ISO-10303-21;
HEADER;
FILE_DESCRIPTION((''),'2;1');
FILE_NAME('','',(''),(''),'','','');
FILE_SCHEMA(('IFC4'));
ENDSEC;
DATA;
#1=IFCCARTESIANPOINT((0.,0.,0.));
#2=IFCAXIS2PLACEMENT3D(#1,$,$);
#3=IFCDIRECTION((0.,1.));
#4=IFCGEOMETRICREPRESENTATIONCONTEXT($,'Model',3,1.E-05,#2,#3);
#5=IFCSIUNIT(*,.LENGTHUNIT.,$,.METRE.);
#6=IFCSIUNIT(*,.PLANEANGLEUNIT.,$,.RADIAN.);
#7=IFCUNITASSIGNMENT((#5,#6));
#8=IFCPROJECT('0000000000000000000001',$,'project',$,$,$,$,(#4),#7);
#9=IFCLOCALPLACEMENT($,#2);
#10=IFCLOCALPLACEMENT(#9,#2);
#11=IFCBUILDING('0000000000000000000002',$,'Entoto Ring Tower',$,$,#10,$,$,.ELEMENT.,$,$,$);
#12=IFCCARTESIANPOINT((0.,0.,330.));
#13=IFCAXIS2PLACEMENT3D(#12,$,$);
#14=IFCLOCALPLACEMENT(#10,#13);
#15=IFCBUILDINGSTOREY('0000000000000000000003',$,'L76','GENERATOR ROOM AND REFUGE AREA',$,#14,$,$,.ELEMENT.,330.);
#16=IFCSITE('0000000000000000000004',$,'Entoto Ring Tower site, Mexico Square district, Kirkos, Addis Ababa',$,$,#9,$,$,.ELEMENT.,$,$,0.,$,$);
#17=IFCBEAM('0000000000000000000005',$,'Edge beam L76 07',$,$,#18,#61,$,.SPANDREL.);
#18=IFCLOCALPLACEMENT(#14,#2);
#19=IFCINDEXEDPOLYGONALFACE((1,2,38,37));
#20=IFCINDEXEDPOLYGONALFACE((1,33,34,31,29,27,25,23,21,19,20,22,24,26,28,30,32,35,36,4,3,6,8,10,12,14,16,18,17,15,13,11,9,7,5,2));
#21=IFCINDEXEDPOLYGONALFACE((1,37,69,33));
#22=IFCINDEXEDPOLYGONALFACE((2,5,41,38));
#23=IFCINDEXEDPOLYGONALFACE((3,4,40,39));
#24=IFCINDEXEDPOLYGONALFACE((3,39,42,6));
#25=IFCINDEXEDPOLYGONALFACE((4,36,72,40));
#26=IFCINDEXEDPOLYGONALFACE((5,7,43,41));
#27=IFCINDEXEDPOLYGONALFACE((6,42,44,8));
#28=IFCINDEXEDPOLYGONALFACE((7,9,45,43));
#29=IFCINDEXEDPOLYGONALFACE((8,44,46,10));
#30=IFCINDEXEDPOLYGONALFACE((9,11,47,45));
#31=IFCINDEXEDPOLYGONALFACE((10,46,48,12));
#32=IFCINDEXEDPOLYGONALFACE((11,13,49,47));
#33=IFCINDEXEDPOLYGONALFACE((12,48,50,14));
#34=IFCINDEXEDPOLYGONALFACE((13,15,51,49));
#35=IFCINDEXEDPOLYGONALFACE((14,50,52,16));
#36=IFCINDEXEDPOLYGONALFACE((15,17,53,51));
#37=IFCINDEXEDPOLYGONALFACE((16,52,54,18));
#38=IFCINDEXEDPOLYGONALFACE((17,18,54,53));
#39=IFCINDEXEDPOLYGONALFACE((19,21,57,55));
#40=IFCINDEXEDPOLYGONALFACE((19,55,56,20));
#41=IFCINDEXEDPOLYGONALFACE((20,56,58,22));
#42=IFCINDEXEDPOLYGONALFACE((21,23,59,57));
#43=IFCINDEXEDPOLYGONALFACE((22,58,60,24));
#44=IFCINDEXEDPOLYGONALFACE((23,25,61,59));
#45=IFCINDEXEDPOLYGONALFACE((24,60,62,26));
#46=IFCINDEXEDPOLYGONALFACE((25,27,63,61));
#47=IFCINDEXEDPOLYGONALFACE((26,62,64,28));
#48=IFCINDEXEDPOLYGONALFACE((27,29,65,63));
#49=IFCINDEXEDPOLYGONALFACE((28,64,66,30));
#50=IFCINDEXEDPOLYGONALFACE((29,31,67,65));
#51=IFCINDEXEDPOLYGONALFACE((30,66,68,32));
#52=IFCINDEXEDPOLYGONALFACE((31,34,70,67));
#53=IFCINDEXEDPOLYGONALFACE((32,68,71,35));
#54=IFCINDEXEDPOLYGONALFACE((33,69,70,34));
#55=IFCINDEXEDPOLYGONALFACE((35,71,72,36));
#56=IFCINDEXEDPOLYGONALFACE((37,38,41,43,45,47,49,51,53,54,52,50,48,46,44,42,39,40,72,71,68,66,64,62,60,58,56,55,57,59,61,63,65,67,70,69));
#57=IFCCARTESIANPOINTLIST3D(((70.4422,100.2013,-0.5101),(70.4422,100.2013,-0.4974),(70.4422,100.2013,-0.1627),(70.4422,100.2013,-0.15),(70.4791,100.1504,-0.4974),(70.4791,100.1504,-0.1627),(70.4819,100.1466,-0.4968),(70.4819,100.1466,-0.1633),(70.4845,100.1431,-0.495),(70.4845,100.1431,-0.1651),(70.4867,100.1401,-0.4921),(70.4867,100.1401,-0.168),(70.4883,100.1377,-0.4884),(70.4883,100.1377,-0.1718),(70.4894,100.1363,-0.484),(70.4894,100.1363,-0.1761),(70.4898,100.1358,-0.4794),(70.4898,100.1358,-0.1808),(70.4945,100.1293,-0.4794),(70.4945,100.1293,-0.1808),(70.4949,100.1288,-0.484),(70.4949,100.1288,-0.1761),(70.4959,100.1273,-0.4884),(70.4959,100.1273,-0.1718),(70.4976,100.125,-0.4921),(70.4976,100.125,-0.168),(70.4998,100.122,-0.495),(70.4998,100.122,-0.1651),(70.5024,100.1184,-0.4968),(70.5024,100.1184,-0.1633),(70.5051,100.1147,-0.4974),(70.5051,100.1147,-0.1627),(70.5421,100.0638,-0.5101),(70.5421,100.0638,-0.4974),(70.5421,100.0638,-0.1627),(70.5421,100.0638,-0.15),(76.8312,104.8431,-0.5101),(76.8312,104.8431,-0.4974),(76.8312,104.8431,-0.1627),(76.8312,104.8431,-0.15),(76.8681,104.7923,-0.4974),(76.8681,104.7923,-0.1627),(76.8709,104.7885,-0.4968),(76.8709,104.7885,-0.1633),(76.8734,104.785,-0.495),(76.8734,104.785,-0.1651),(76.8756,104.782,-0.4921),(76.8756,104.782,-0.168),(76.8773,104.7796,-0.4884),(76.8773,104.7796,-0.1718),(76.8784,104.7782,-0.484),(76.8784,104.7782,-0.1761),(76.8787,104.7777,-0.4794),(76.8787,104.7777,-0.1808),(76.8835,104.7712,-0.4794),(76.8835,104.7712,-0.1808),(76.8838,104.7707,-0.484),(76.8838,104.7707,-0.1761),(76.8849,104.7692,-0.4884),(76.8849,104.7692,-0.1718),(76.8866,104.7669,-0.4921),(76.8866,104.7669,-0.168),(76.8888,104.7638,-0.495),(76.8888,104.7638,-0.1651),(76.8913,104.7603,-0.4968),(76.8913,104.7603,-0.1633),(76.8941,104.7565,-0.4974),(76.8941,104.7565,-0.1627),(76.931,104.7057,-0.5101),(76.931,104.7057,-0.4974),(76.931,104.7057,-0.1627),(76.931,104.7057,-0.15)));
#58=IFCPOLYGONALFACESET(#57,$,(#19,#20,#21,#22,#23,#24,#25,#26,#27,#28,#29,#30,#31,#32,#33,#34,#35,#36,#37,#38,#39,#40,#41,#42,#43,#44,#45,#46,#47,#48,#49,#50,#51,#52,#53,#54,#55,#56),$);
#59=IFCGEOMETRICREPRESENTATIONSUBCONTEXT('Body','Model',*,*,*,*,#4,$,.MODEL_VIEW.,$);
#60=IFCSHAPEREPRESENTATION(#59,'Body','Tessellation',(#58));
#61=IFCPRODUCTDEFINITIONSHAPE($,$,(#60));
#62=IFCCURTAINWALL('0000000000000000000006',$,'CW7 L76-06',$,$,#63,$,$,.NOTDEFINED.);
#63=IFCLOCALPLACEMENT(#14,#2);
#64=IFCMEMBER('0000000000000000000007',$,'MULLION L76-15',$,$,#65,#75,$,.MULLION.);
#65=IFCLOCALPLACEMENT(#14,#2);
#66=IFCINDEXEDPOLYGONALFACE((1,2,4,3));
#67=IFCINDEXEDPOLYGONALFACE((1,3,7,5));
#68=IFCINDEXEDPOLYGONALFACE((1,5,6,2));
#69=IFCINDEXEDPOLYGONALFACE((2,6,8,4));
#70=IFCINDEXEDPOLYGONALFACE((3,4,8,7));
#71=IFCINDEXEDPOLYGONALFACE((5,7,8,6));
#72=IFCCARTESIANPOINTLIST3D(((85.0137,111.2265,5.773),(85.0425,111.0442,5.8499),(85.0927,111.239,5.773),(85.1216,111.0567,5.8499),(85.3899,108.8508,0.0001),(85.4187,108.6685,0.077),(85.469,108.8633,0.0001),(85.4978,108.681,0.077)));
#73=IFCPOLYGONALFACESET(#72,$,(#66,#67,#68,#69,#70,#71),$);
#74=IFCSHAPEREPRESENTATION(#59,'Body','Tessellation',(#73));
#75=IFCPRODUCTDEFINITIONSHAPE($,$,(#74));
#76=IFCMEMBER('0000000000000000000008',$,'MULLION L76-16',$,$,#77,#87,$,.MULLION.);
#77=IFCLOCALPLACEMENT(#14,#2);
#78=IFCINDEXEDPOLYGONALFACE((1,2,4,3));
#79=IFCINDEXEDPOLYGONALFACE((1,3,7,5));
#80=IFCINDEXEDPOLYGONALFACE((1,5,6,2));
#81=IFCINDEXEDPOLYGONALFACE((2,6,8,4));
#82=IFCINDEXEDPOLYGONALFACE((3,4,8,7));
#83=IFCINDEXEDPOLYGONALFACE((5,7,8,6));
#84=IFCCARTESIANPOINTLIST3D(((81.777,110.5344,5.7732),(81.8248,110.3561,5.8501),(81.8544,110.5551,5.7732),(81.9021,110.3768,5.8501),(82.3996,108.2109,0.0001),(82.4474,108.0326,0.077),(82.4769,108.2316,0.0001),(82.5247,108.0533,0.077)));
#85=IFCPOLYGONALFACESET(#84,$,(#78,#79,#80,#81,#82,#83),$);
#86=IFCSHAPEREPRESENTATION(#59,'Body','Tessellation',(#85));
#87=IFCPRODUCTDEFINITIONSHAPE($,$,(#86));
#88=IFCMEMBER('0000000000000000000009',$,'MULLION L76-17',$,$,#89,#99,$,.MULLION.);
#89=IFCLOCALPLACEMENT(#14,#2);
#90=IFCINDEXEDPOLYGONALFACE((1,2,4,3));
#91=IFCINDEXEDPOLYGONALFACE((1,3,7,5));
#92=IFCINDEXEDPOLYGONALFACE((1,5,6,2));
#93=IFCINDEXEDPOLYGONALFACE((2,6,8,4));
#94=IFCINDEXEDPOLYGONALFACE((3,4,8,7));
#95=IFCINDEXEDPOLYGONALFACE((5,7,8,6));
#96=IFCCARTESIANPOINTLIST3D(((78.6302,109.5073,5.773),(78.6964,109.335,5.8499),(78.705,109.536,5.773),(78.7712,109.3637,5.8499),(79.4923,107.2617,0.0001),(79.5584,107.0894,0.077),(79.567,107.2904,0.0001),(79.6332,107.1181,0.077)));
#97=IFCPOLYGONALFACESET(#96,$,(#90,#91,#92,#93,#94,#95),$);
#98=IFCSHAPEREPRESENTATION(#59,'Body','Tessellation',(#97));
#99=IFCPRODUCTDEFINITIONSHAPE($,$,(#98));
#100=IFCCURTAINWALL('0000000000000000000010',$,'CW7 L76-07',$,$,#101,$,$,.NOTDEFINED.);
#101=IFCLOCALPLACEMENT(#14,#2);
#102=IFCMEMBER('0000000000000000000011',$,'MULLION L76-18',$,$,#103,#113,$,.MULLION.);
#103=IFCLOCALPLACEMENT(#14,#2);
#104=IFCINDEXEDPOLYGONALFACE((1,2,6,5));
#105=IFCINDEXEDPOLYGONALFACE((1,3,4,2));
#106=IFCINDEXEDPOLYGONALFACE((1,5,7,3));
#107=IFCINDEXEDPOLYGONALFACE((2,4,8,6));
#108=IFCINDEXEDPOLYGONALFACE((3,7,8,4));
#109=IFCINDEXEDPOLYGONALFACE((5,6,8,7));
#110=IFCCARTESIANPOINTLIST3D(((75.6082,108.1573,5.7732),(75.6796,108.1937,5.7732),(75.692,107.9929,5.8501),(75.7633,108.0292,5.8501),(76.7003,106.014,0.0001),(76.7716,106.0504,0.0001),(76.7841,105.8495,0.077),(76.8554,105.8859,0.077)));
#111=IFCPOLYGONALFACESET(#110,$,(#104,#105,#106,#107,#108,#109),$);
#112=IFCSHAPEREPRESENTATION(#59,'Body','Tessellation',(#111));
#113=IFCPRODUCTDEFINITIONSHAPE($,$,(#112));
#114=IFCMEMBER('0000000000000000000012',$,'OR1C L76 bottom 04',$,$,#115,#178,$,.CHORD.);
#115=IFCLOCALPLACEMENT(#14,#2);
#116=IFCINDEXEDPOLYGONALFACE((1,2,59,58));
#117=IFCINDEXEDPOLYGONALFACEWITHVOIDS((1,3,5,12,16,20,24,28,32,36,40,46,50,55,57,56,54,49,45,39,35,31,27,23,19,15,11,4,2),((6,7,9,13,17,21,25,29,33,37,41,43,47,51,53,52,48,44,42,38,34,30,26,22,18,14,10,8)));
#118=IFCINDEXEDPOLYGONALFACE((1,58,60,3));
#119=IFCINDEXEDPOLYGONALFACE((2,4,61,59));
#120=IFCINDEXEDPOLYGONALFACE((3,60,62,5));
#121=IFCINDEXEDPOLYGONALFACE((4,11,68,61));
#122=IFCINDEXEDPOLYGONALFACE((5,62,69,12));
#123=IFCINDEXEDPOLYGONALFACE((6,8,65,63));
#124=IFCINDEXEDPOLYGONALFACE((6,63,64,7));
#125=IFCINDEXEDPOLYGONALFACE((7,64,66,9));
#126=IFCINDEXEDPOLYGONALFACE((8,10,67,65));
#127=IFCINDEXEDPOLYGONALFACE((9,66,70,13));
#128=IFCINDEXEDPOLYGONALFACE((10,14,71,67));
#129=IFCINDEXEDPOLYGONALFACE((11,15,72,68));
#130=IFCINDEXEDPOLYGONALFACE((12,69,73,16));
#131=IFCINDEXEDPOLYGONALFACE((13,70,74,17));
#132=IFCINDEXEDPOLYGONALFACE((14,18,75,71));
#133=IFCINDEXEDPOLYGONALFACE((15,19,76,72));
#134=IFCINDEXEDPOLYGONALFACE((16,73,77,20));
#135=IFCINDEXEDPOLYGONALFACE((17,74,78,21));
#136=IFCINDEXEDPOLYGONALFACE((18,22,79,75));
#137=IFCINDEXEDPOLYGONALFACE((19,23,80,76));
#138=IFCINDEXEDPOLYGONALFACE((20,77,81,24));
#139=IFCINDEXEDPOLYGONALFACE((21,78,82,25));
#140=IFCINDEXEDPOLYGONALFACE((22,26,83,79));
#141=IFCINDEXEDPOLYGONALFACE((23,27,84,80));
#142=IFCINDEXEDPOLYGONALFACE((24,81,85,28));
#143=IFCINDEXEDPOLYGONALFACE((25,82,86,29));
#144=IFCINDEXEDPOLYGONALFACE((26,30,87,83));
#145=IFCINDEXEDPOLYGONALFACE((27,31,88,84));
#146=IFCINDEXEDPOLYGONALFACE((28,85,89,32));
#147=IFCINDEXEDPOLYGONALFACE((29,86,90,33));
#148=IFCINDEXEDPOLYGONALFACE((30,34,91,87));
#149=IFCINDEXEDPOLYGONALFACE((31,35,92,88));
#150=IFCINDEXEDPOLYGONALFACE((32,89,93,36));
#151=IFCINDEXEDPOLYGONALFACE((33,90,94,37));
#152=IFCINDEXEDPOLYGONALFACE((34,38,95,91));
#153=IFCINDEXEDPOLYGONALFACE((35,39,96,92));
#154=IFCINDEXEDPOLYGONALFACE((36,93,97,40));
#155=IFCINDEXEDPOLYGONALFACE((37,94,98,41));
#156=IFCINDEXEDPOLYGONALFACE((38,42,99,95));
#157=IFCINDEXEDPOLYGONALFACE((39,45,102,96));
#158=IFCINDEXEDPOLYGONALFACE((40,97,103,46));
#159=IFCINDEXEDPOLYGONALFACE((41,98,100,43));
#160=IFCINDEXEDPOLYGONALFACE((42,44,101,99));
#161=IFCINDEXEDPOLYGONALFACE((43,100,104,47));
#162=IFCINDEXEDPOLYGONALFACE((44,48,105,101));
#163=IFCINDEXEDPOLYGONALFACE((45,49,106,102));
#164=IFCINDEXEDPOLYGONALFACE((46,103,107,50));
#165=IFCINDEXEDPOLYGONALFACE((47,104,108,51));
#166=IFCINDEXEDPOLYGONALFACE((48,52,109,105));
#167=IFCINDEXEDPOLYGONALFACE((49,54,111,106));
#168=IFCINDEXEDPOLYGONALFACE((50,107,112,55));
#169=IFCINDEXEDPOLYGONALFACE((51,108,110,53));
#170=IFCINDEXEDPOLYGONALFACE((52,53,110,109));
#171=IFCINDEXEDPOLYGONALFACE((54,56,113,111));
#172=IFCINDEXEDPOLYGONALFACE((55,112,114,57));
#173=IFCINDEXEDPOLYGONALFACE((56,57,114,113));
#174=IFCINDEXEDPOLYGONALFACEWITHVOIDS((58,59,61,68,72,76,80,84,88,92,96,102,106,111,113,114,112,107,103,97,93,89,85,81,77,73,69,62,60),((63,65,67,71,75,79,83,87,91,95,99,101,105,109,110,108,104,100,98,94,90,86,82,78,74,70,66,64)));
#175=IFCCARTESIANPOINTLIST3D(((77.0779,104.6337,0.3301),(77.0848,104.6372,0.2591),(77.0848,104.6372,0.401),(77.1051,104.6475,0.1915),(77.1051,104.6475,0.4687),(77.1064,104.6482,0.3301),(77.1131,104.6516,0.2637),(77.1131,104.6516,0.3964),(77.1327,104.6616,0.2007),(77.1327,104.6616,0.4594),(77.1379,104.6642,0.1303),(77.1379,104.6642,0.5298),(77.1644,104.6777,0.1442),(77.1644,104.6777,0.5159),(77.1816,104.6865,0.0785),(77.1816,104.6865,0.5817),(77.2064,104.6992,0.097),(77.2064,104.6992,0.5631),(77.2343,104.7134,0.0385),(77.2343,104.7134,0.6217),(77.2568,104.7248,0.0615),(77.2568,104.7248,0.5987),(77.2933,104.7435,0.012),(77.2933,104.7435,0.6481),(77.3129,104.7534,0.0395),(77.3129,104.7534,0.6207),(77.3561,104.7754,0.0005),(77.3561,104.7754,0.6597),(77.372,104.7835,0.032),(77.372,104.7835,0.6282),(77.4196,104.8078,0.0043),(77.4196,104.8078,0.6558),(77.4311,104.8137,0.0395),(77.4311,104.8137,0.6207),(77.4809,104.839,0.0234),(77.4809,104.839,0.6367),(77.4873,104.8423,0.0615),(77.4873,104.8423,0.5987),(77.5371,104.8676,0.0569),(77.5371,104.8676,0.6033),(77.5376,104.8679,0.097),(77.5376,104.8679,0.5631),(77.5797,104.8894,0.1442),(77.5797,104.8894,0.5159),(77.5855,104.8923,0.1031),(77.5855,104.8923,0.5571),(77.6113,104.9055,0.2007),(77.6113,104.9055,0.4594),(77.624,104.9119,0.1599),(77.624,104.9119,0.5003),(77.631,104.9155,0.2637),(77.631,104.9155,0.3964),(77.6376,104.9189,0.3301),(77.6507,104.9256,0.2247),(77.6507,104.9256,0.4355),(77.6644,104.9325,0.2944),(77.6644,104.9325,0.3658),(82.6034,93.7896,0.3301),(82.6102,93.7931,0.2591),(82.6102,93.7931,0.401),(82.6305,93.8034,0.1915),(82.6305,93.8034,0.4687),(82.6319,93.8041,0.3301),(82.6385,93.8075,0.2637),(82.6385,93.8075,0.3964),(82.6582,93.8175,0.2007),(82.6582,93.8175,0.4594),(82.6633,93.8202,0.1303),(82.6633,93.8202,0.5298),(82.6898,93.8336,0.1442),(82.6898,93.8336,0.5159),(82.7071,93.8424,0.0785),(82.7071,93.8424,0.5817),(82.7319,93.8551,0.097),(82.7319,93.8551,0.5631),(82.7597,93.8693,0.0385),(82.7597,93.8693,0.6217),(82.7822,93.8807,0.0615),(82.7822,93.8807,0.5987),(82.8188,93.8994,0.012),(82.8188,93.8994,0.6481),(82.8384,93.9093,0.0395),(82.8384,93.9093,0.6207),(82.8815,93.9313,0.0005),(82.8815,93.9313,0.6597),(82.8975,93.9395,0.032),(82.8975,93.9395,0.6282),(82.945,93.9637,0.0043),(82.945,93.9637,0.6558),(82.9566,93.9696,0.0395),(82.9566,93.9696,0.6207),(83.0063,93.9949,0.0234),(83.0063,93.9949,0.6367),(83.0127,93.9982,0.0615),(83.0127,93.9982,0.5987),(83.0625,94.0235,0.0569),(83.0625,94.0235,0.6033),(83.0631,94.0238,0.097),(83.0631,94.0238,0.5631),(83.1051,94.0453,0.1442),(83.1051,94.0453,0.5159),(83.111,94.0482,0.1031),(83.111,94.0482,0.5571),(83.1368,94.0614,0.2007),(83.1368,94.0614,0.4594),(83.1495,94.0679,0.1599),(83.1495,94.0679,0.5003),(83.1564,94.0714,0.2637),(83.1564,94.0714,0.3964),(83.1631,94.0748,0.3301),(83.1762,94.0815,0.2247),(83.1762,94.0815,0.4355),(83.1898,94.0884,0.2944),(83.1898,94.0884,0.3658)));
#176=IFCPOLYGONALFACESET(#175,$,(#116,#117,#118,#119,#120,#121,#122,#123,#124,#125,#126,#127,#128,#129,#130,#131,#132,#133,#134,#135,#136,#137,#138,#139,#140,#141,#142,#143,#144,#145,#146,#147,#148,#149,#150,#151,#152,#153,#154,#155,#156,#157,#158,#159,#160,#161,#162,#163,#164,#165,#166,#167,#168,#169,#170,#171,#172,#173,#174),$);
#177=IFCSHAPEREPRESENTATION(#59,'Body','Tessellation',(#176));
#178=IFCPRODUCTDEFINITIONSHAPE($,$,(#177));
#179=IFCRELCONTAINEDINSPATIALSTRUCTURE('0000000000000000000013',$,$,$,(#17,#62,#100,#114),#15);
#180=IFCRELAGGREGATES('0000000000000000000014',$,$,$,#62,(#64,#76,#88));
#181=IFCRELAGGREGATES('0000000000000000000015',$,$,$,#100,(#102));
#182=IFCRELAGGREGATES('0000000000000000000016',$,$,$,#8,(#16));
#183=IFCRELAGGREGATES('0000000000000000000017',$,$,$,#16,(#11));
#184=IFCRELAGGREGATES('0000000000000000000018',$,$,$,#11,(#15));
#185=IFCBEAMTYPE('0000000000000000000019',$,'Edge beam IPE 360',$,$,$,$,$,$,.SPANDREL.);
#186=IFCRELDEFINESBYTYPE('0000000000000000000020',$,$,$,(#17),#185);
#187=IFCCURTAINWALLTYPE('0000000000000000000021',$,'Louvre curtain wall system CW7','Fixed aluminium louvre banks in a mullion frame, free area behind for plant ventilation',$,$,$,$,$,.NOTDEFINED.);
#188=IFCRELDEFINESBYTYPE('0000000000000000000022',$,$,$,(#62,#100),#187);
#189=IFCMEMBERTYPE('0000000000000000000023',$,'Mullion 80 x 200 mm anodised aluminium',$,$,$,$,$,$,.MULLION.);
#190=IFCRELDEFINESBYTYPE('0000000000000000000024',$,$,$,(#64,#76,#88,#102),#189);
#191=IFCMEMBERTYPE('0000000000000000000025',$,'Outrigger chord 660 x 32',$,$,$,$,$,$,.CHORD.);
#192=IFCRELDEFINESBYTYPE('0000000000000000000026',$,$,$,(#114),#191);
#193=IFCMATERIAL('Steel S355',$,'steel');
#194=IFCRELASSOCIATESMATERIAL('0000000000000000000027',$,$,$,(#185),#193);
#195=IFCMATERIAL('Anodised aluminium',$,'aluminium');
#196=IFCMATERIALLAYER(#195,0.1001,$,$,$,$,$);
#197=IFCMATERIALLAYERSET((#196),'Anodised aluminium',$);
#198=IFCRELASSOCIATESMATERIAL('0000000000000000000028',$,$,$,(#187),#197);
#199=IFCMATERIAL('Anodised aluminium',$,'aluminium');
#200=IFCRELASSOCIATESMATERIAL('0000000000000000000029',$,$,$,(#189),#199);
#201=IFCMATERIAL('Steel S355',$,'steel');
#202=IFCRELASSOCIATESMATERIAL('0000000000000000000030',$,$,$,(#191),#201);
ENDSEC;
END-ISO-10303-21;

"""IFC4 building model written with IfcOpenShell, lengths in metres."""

from ifc_helpers import new_model, si_unit, direction, frame, origin, origin_2d, place, context, subcontext, project, spatial, rectangle, circle, hollow_circle, i_section, extrude, material, layer, layer_set, material_profile, profile_set, type_object, element, aggregate, save


model = new_model("IFC4")

# Units and contexts
model_context = context("Model", 3, precision=1e-05, world=origin(), true_north=direction((0.0, 1.0)))
body_context = subcontext(model_context, "Body", "Model", "MODEL_VIEW")
ifc_project = project(units=[si_unit("LENGTHUNIT", "METRE"), si_unit("PLANEANGLEUNIT", "RADIAN")], contexts=[model_context])

# Site, building, storey
site_placement = place(None, origin())
site = spatial("IfcSite", under=ifc_project, at=site_placement, Name="Entoto Ring Tower site, Mexico Square district, Kirkos, Addis Ababa", CompositionType="ELEMENT", RefElevation=0.0)
building_placement = place(site_placement, origin())
building = spatial("IfcBuilding", under=site, at=building_placement, Name="Entoto Ring Tower", CompositionType="ELEMENT")
storey_placement = place(building_placement, frame((0.0, 0.0, 330.0)))
storey = spatial("IfcBuildingStorey", under=building, at=storey_placement, Name="L76", Description="GENERATOR ROOM AND REFUGE AREA", CompositionType="ELEMENT", Elevation=330.0)

# Beam
ifc_material_1 = material(Name="Steel S355", Category="steel")
ifc_material_profile_1 = material_profile(ifc_material_1, i_section(OverallWidth=0.1699, OverallDepth=0.3601, WebThickness=0.0081, FlangeThickness=0.0127, FilletRadius=0.0181, at=origin_2d()), Name="IPE 360")
ifc_profile_set_1 = profile_set([ifc_material_profile_1], Name="Steel S355")
beam_type_1 = type_object("IfcBeamType", Name="Edge beam IPE 360", PredefinedType="SPANDREL", material=ifc_profile_set_1)
beam_1_placement = place(storey_placement, frame((76.8811, 104.7744, -0.3301), z_axis=(-0.809015, -0.587787, 0.0), x_axis=(0.587787, -0.809015, 0.0)))
element("IfcBeam", 1, at=beam_1_placement, inside=storey, type_object=beam_type_1, Name="Edge beam L76 07", PredefinedType="SPANDREL", context=body_context, shape_type="SweptSolid", body=[
    extrude(i_section(OverallWidth=0.1699, OverallDepth=0.3601, WebThickness=0.0081, FlangeThickness=0.0127, FilletRadius=0.0181, at=origin_2d()), origin(), (0.0, 0.0, 1.0), 7.8972),
])

# Curtain wall, members
ifc_material_2 = material(Name="Anodised aluminium", Category="aluminium")
ifc_layer_1 = layer(ifc_material_2, 0.1001)
ifc_layer_set_1 = layer_set([ifc_layer_1], Name="Anodised aluminium")
curtain_wall_type = type_object("IfcCurtainWallType", Name="Louvre curtain wall system CW7", Description="Fixed aluminium louvre banks in a mullion frame, free area behind for plant ventilation", PredefinedType="NOTDEFINED", material=ifc_layer_set_1)
curtain_wall_1_placement = place(storey_placement, origin())
curtain_wall_1 = element("IfcCurtainWall", 2, at=curtain_wall_1_placement, inside=storey, type_object=curtain_wall_type, Name="CW7 L76-06", PredefinedType="NOTDEFINED")
ifc_material_3 = material(Name="Anodised aluminium", Category="aluminium")
ifc_material_profile_2 = material_profile(ifc_material_3, rectangle(XDim=0.0801, YDim=0.2, at=origin_2d()), Name="Mullion 80 x 200 mm anodised aluminium")
ifc_profile_set_2 = profile_set([ifc_material_profile_2], Name="Anodised aluminium")
member_type_1 = type_object("IfcMemberType", Name="Mullion 80 x 200 mm anodised aluminium", PredefinedType="MULLION", material=ifc_profile_set_2)
member_1_placement = place(storey_placement, frame((85.4438, 108.7659, 0.0386), z_axis=(-0.060157, 0.379874, 0.92308), x_axis=(-0.987692, -0.156411, 0.0)))
member_1 = element("IfcMember", 3, at=member_1_placement, type_object=member_type_1, Name="MULLION L76-15", PredefinedType="MULLION", context=body_context, shape_type="SweptSolid", body=[
    extrude(rectangle(XDim=0.0801, YDim=0.2, at=origin_2d()), origin(), (0.0, 0.0, 1.0), 6.2539),
])
member_2_placement = place(storey_placement, frame((82.4622, 108.1321, 0.0386), z_axis=(-0.099545, 0.371517, 0.923074), x_axis=(-0.965928, -0.258812, 0.0)))
member_2 = element("IfcMember", 4, at=member_2_placement, type_object=member_type_1, Name="MULLION L76-16", PredefinedType="MULLION", context=body_context, shape_type="SweptSolid", body=[
    extrude(rectangle(XDim=0.0801, YDim=0.2, at=origin_2d()), origin(), (0.0, 0.0, 1.0), 6.2542),
])
member_3_placement = place(storey_placement, frame((79.5627, 107.1899, 0.0386), z_axis=(-0.137841, 0.359066, 0.923077), x_axis=(-0.933573, -0.358387, 0.0)))
member_3 = element("IfcMember", 5, at=member_3_placement, type_object=member_type_1, Name="MULLION L76-17", PredefinedType="MULLION", context=body_context, shape_type="SweptSolid", body=[
    extrude(rectangle(XDim=0.0801, YDim=0.2, at=origin_2d()), origin(), (0.0, 0.0, 1.0), 6.2539),
])
aggregate(curtain_wall_1, [member_1, member_2, member_3])

# Curtain wall, member
curtain_wall_2_placement = place(storey_placement, origin())
curtain_wall_2 = element("IfcCurtainWall", 6, at=curtain_wall_2_placement, inside=storey, type_object=curtain_wall_type, Name="CW7 L76-07", PredefinedType="NOTDEFINED")
member_4_placement = place(storey_placement, frame((76.7778, 105.95, 0.0386), z_axis=(-0.174613, 0.342707, 0.923072), x_axis=(-0.891012, -0.453981, 0.0)))
member_4 = element("IfcMember", 7, at=member_4_placement, type_object=member_type_1, Name="MULLION L76-18", PredefinedType="MULLION", context=body_context, shape_type="SweptSolid", body=[
    extrude(rectangle(XDim=0.0801, YDim=0.2, at=origin_2d()), origin(), (0.0, 0.0, 1.0), 6.2542),
])
aggregate(curtain_wall_2, [member_4])

# Member
ifc_material_4 = material(Name="Steel S355", Category="steel")
ifc_material_profile_3 = material_profile(ifc_material_4, hollow_circle(Radius=0.3301, WallThickness=0.032, at=origin_2d()), Name="CHS 660 x 32")
ifc_material_5 = material(Name="Concrete C60/75", Category="concrete")
ifc_material_profile_4 = material_profile(ifc_material_5, circle(Radius=0.2981, at=origin_2d()), Name="Concrete C60/75 infill")
ifc_profile_set_3 = profile_set([ifc_material_profile_3, ifc_material_profile_4], Name="Steel S355")
member_type_2 = type_object("IfcMemberType", Name="Outrigger chord 660 x 32", PredefinedType="CHORD", material=ifc_profile_set_3)
member_5_placement = place(storey_placement, frame((82.8975, 93.9395, 0.3301), z_axis=(-0.453997, 0.891003, 0.0), x_axis=(-0.891003, -0.453997, 0.0)))
element("IfcMember", 8, at=member_5_placement, inside=storey, type_object=member_type_2, Name="OR1C L76 bottom 04", PredefinedType="CHORD", context=body_context, shape_type="SweptSolid", body=[
    extrude(hollow_circle(Radius=0.3301, WallThickness=0.032, at=origin_2d()), origin(), (0.0, 0.0, 1.0), 12.1707),
])

save(model, "model.ifc")
